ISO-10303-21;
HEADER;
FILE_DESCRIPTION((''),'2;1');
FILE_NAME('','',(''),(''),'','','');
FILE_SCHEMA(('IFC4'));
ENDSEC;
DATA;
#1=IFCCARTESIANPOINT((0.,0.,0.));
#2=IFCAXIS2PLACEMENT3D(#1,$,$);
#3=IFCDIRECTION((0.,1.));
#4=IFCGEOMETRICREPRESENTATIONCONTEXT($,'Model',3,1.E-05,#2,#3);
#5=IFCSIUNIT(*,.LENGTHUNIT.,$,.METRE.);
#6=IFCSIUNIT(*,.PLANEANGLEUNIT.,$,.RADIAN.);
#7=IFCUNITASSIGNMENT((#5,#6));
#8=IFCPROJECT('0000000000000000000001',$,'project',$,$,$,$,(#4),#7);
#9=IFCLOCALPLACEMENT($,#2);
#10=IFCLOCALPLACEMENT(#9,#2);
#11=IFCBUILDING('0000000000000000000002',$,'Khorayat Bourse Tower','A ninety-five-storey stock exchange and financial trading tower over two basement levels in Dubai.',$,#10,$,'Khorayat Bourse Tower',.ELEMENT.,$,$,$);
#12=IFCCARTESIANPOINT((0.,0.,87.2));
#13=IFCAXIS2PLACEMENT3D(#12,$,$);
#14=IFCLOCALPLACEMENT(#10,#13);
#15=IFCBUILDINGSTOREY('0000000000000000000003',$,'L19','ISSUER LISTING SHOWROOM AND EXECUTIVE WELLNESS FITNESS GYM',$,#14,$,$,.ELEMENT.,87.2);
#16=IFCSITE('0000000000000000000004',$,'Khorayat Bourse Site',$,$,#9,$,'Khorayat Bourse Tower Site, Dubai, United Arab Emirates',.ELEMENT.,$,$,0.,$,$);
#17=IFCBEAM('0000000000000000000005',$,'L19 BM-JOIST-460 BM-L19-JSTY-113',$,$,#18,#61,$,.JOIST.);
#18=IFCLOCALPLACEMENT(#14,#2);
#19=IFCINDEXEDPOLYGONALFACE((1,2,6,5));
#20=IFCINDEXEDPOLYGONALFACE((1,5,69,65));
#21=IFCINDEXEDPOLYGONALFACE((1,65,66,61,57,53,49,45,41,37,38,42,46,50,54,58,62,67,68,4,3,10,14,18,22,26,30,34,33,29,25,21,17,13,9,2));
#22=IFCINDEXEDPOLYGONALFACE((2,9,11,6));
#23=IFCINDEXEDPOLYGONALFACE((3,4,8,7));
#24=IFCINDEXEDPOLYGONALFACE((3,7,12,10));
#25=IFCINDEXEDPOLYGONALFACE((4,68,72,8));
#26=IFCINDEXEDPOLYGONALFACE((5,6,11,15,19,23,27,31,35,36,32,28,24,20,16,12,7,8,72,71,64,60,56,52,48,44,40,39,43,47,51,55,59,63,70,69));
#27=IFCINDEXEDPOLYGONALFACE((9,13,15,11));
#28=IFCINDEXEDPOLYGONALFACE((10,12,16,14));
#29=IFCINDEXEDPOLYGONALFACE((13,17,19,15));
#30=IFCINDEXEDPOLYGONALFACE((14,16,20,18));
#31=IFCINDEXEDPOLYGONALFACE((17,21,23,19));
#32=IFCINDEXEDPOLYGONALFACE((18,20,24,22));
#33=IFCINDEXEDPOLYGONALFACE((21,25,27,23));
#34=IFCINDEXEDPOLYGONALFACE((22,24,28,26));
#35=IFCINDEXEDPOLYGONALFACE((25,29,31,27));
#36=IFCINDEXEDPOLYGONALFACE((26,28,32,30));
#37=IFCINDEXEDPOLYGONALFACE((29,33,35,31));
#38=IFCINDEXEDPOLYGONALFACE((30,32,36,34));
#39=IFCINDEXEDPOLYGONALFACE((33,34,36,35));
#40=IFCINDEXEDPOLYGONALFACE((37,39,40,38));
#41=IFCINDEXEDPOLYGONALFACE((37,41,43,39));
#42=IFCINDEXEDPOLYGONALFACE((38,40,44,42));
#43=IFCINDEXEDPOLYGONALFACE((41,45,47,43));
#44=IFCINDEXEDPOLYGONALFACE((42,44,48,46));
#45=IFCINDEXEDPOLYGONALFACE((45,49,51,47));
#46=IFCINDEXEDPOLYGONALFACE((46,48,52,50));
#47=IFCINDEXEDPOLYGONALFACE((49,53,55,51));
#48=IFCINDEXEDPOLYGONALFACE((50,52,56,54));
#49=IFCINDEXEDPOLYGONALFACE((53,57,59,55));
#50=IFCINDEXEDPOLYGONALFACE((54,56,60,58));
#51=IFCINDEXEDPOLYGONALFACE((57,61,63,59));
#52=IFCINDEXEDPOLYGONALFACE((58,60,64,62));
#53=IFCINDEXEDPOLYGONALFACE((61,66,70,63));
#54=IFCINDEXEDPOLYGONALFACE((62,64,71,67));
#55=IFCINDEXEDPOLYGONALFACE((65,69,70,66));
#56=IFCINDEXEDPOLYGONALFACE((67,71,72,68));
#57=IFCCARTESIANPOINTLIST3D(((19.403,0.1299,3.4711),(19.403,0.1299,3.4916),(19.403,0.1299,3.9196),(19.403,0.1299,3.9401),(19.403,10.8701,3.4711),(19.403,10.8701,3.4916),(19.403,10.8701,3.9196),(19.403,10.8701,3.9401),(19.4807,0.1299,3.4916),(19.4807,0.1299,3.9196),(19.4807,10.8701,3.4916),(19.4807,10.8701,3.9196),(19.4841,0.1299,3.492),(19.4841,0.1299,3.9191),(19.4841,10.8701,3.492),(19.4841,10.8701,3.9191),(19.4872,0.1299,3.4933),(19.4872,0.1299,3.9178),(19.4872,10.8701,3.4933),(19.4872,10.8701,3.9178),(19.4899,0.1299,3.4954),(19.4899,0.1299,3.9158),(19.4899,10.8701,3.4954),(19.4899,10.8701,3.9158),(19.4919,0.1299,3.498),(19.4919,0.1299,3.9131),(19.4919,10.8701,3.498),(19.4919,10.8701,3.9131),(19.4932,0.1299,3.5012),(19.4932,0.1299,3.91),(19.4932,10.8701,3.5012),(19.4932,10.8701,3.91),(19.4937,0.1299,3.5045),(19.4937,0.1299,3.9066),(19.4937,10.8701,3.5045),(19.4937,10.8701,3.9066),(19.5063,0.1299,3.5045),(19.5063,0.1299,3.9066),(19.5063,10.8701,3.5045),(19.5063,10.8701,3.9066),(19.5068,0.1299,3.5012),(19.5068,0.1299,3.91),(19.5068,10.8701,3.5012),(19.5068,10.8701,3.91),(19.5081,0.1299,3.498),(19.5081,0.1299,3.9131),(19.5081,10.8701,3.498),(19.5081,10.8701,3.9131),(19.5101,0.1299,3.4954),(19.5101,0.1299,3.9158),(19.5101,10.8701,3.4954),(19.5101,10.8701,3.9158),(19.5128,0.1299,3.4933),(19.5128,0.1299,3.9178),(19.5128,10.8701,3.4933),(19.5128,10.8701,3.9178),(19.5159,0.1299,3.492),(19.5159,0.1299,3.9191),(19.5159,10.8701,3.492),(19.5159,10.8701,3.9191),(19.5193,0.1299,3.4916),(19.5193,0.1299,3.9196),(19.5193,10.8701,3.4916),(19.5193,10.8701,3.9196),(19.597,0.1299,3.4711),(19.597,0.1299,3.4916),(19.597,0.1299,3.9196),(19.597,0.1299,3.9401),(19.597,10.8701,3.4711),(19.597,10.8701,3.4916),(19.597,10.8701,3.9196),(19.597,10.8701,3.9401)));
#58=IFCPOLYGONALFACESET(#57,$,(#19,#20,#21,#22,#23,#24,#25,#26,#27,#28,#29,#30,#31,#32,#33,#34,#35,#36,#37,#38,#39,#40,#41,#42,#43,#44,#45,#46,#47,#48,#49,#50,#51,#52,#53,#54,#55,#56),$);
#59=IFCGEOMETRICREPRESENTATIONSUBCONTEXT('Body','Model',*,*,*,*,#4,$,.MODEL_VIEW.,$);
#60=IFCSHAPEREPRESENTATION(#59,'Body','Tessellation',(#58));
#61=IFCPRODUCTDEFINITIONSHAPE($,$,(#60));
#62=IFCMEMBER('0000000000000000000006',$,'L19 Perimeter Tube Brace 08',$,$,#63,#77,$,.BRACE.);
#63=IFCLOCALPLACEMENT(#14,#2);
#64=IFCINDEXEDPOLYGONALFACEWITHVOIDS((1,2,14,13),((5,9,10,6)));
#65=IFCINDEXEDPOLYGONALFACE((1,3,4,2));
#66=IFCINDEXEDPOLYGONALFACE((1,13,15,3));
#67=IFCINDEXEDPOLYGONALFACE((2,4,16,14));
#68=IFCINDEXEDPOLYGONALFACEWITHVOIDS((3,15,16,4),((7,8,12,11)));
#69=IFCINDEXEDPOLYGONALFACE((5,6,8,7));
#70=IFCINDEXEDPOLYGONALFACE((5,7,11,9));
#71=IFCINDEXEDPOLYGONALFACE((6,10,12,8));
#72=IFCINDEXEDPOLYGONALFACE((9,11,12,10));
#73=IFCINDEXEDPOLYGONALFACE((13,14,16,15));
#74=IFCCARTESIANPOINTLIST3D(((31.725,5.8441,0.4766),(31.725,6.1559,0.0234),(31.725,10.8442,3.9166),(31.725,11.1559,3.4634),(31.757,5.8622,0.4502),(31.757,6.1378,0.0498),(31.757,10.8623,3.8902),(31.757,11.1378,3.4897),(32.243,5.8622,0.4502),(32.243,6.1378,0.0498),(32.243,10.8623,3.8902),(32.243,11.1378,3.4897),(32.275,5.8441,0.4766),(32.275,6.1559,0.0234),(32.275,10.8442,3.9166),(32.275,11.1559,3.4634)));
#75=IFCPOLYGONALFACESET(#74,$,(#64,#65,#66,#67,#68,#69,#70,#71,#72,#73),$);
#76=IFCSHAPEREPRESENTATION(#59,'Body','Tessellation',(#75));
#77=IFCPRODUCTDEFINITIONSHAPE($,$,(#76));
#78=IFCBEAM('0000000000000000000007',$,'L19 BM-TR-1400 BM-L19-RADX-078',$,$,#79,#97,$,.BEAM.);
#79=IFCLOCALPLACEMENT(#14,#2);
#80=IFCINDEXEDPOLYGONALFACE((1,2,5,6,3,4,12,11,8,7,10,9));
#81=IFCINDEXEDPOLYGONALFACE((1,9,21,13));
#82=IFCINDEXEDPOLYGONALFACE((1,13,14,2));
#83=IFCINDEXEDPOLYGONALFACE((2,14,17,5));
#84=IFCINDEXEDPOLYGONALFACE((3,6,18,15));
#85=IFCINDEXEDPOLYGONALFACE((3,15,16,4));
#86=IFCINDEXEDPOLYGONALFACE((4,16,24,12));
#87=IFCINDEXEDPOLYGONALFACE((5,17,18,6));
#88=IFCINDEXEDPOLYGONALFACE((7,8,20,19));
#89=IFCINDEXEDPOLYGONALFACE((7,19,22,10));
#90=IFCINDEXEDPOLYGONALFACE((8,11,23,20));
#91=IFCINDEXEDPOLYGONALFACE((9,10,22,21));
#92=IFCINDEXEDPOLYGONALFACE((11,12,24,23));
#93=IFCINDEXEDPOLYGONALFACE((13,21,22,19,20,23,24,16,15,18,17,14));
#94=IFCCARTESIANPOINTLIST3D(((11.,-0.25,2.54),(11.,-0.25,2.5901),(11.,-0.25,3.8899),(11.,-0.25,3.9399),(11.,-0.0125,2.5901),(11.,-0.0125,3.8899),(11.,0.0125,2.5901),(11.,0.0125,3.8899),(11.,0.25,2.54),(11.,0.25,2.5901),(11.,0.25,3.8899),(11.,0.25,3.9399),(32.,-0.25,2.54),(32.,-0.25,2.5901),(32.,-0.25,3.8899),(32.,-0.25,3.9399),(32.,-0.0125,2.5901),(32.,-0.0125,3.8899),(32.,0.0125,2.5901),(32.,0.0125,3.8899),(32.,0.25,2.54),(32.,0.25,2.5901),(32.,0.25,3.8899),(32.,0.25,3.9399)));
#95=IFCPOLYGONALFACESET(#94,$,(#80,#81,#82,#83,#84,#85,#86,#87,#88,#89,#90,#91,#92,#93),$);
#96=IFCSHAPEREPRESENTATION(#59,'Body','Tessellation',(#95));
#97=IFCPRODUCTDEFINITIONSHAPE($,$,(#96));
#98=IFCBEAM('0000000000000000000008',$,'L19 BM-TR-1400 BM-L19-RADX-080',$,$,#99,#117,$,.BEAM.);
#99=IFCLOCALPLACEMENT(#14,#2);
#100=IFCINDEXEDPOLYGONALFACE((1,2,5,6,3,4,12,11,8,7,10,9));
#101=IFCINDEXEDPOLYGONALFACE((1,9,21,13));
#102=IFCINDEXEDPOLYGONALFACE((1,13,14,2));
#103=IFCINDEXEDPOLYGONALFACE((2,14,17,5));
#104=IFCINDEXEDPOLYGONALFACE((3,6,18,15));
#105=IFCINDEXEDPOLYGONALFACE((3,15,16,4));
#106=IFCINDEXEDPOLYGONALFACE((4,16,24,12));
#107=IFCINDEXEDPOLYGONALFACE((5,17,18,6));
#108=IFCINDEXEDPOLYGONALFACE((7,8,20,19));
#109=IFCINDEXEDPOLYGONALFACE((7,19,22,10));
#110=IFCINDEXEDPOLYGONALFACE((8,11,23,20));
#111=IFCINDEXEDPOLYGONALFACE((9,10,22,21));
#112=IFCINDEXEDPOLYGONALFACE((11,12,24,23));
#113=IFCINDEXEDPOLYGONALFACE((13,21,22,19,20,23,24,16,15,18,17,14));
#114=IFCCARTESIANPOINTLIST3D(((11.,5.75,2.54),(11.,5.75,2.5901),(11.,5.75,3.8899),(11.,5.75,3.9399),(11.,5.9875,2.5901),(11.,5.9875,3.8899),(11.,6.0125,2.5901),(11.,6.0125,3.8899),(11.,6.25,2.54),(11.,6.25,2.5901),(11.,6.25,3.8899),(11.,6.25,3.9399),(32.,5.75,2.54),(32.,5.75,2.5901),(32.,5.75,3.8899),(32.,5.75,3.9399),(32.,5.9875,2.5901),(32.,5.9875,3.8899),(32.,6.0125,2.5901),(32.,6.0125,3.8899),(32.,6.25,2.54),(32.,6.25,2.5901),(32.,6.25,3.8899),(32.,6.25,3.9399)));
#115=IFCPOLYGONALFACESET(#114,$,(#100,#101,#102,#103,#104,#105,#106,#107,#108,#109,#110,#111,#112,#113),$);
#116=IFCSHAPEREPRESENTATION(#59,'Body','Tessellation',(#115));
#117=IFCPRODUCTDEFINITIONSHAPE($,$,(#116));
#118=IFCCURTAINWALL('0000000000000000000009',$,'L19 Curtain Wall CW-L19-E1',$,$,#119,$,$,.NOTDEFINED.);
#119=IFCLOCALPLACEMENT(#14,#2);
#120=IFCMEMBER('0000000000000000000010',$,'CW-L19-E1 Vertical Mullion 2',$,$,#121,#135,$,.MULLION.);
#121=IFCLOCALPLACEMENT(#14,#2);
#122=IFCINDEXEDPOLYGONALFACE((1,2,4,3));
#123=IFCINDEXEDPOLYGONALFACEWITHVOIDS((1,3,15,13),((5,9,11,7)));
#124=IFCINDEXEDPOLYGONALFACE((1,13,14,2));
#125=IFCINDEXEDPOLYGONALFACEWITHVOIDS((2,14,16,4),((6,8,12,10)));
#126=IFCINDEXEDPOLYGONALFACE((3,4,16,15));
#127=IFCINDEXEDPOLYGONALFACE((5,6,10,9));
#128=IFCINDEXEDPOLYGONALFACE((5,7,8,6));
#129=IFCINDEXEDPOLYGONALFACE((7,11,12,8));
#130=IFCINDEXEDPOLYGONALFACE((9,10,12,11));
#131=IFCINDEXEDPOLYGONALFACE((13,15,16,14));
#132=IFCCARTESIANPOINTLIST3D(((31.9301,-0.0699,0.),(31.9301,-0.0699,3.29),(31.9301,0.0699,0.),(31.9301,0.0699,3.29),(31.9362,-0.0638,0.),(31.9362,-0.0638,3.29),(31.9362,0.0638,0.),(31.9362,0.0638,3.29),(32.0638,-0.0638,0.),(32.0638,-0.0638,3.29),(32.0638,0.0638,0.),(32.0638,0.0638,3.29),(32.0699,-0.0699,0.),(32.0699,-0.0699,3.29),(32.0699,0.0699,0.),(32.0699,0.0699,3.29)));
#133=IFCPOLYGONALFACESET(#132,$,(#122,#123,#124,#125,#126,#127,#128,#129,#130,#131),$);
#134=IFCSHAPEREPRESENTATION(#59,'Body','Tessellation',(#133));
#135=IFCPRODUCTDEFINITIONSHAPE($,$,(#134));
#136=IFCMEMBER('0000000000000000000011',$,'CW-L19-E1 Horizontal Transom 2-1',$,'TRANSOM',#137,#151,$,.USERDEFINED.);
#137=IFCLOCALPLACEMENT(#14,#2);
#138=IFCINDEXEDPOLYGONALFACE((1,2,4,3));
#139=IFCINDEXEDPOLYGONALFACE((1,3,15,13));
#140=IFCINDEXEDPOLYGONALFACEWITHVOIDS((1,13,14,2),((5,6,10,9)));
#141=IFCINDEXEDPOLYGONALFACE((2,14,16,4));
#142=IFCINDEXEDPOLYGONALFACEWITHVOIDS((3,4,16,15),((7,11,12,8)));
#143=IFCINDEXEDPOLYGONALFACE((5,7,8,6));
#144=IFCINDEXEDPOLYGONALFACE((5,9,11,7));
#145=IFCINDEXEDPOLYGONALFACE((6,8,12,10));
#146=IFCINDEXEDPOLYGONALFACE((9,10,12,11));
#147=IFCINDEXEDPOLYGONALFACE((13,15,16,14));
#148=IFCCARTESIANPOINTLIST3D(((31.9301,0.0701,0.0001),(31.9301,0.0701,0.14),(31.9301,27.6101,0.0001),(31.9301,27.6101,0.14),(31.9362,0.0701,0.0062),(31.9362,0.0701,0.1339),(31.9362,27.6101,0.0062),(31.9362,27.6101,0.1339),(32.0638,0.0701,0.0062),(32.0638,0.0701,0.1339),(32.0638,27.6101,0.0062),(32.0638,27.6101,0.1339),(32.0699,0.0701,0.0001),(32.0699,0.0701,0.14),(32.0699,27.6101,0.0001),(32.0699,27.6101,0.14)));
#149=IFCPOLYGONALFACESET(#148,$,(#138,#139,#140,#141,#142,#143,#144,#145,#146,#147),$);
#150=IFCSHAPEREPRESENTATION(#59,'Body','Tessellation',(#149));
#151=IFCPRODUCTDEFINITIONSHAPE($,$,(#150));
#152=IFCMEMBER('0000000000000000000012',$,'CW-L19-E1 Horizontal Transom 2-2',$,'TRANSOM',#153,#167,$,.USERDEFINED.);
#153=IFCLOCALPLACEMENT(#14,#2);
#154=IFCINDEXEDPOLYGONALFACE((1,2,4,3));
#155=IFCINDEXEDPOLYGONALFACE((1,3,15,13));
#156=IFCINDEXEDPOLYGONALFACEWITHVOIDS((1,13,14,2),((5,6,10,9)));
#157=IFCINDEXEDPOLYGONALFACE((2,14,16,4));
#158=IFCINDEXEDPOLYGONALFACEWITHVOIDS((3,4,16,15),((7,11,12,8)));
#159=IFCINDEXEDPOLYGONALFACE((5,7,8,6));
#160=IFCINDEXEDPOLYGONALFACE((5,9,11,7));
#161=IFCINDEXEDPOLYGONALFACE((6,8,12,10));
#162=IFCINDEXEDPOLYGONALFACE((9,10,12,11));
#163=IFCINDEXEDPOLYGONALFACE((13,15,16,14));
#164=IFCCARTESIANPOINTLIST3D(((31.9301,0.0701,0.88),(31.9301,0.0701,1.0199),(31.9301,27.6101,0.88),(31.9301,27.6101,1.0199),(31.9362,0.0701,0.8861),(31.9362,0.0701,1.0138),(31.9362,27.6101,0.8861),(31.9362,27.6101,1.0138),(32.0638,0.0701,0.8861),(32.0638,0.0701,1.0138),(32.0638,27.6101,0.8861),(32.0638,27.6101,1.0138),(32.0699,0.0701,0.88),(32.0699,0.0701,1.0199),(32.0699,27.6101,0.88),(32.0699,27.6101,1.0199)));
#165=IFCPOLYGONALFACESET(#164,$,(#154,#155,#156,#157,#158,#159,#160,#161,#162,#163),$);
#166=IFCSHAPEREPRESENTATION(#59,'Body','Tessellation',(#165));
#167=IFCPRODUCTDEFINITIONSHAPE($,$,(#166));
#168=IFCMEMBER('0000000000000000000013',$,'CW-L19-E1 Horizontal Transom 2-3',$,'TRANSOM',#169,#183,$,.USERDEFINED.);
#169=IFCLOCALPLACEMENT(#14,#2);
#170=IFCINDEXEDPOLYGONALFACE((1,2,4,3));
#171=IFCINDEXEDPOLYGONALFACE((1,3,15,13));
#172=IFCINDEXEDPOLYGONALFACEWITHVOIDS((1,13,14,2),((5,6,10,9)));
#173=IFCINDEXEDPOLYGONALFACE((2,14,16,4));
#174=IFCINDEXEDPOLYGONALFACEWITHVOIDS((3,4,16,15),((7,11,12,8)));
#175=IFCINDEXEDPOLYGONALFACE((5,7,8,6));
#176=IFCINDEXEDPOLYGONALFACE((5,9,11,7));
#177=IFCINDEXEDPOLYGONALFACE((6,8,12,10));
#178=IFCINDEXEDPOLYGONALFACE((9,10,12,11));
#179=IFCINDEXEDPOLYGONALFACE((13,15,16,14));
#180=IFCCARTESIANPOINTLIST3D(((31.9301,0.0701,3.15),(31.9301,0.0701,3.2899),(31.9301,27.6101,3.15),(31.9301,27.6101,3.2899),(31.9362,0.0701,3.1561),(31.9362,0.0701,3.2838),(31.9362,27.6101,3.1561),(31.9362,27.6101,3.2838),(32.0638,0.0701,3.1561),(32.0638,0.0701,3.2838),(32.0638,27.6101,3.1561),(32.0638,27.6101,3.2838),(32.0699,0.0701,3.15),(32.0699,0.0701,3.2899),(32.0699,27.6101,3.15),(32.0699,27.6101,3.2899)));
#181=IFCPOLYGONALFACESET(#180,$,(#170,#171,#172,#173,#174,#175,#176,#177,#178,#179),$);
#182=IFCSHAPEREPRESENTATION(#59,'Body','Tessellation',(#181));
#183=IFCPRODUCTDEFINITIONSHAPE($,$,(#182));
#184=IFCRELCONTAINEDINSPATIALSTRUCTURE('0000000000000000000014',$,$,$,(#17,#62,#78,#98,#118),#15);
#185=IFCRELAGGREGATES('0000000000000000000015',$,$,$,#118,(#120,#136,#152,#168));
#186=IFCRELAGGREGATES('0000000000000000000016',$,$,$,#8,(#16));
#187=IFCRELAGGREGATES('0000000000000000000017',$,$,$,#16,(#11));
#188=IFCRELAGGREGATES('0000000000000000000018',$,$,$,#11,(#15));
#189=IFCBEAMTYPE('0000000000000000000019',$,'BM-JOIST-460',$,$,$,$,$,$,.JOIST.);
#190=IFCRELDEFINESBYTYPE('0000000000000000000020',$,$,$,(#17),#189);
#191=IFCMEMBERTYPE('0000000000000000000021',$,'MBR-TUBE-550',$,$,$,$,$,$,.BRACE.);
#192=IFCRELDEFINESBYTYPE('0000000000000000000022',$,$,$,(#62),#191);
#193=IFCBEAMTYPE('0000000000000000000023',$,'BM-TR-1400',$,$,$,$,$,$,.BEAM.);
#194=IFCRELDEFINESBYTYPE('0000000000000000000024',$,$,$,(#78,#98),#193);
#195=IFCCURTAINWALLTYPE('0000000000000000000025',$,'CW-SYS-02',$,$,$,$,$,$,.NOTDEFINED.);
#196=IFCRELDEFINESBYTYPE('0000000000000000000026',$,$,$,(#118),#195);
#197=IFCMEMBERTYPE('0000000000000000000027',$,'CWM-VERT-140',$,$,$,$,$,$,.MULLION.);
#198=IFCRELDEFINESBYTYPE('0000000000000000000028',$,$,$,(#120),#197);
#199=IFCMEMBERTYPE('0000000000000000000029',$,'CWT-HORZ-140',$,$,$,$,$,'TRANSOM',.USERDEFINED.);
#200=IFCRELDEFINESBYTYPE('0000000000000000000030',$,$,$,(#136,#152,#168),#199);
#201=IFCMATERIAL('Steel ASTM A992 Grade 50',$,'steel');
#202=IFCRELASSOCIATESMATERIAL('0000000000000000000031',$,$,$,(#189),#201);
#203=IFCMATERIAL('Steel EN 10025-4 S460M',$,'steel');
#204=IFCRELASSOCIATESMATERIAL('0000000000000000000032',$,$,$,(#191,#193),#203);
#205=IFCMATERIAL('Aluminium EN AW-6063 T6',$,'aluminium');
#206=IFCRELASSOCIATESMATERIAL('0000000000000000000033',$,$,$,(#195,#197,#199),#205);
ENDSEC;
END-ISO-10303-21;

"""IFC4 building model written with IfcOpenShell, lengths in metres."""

from ifc_helpers import new_model, si_unit, direction, frame, origin, origin_2d, place, context, subcontext, project, spatial, hollow_rectangle, i_section, extrude, source, transform, mapped, material, material_profile, profile_set, type_object, element, aggregate, save


model = new_model("IFC4")

# Units and contexts
model_context = context("Model", 3, precision=1e-05, world=origin(), true_north=direction((0.0, 1.0)))
body_context = subcontext(model_context, "Body", "Model", "MODEL_VIEW")
ifc_project = project(units=[si_unit("LENGTHUNIT", "METRE"), si_unit("PLANEANGLEUNIT", "RADIAN")], contexts=[model_context])

# Site, building, storey
site_placement = place(None, origin())
site = spatial("IfcSite", under=ifc_project, at=site_placement, Name="Khorayat Bourse Site", LongName="Khorayat Bourse Tower Site, Dubai, United Arab Emirates", CompositionType="ELEMENT", RefElevation=0.0)
building_placement = place(site_placement, origin())
building = spatial("IfcBuilding", under=site, at=building_placement, Name="Khorayat Bourse Tower", Description="A ninety-five-storey stock exchange and financial trading tower over two basement levels in Dubai.", LongName="Khorayat Bourse Tower", CompositionType="ELEMENT")
storey_placement = place(building_placement, frame((0.0, 0.0, 87.2)))
storey = spatial("IfcBuildingStorey", under=building, at=storey_placement, Name="L19", Description="ISSUER LISTING SHOWROOM AND EXECUTIVE WELLNESS FITNESS GYM", CompositionType="ELEMENT", Elevation=87.2)

# Shared definitions
ifc_material_1 = material(Name="Steel EN 10025-4 S460M", Category="steel")

# Beam
ifc_material_2 = material(Name="Steel ASTM A992 Grade 50", Category="steel")
ifc_material_profile_1 = material_profile(ifc_material_2, i_section(OverallWidth=0.1941, OverallDepth=0.469, WebThickness=0.0127, FlangeThickness=0.0205, FilletRadius=0.0129, at=origin_2d()), Name="W460X106")
ifc_profile_set_1 = profile_set([ifc_material_profile_1], Name="Steel ASTM A992 Grade 50")
beam_type_1 = type_object("IfcBeamType", Name="BM-JOIST-460", PredefinedType="JOIST", material=ifc_profile_set_1)
shared_shape_1 = source(origin(), body_context, "Body", "SweptSolid", [
    extrude(i_section(OverallWidth=0.1941, OverallDepth=0.469, WebThickness=0.0127, FlangeThickness=0.0205, FilletRadius=0.0129, at=origin_2d()), origin(), (0.0, 0.0, 1.0), 10.7402),
])
beam_1_placement = place(storey_placement, frame((19.5, 0.1299, 3.7056), z_axis=(0.0, 1.0, 0.0), x_axis=(-1.0, 0.0, 0.0)))
element("IfcBeam", 1, at=beam_1_placement, inside=storey, type_object=beam_type_1, Name="L19 BM-JOIST-460 BM-L19-JSTY-113", PredefinedType="JOIST", context=body_context, shape_type="MappedRepresentation", body=[
    mapped(shared_shape_1, transform((0.0, 0.0, 0.0), scale=1.0)),
])

# Member
ifc_material_profile_2 = material_profile(ifc_material_1, hollow_rectangle(XDim=0.55, YDim=0.55, WallThickness=0.032, at=origin_2d()), Name="HSS 550x550x32")
ifc_profile_set_2 = profile_set([ifc_material_profile_2], Name="Steel EN 10025-4 S460M")
member_type_1 = type_object("IfcMemberType", Name="MBR-TUBE-550", PredefinedType="BRACE", material=ifc_profile_set_2)
shared_shape_2 = source(origin(), body_context, "Body", "SweptSolid", [
    extrude(hollow_rectangle(XDim=0.55, YDim=0.55, WallThickness=0.032, at=origin_2d()), origin(), (0.0, 0.0, 1.0), 6.0691),
])
member_1_placement = place(storey_placement, frame((32.0, 6.0, 0.25), z_axis=(0.0, 0.823854, 0.566802), x_axis=(-1.0, 0.0, 0.0)))
element("IfcMember", 2, at=member_1_placement, inside=storey, type_object=member_type_1, Name="L19 Perimeter Tube Brace 08", PredefinedType="BRACE", context=body_context, shape_type="MappedRepresentation", body=[
    mapped(shared_shape_2, transform((0.0, 0.0, 0.0), scale=1.0)),
])

# Beams
ifc_material_profile_3 = material_profile(ifc_material_1, i_section(OverallWidth=0.5, OverallDepth=1.3999, WebThickness=0.0249, FlangeThickness=0.05, at=origin_2d()), Name="PG 1400x500x25x50")
ifc_profile_set_3 = profile_set([ifc_material_profile_3], Name="Steel EN 10025-4 S460M")
beam_type_2 = type_object("IfcBeamType", Name="BM-TR-1400", PredefinedType="BEAM", material=ifc_profile_set_3)
shared_shape_3 = source(origin(), body_context, "Body", "SweptSolid", [
    extrude(i_section(OverallWidth=0.5, OverallDepth=1.3999, WebThickness=0.0249, FlangeThickness=0.05, at=origin_2d()), origin(), (0.0, 0.0, 1.0), 21.0),
])
for number, where, z_axis, x_axis, name in (
    (3, (11.0, 0.0, 3.24), (1.0, 0.0, 0.0), (0.0, 1.0, 0.0), "L19 BM-TR-1400 BM-L19-RADX-078"),
    (4, (11.0, 6.0, 3.24), (1.0, 0.0, 0.0), (0.0, 1.0, 0.0), "L19 BM-TR-1400 BM-L19-RADX-080"),
):
    element("IfcBeam", number, at=place(storey_placement, frame(where, z_axis=z_axis, x_axis=x_axis)), inside=storey, type_object=beam_type_2, Name=name, PredefinedType="BEAM", context=body_context, shape_type="MappedRepresentation", body=[
        mapped(shared_shape_3, transform((0.0, 0.0, 0.0), scale=1.0)),
    ])

# Curtain wall, members
ifc_material_3 = material(Name="Aluminium EN AW-6063 T6", Category="aluminium")
curtain_wall_type = type_object("IfcCurtainWallType", Name="CW-SYS-02", PredefinedType="NOTDEFINED", material=ifc_material_3)
curtain_wall_placement = place(storey_placement, origin())
curtain_wall = element("IfcCurtainWall", 5, at=curtain_wall_placement, inside=storey, type_object=curtain_wall_type, Name="L19 Curtain Wall CW-L19-E1", PredefinedType="NOTDEFINED")
ifc_material_profile_4 = material_profile(ifc_material_3, hollow_rectangle(XDim=0.1399, YDim=0.1399, WallThickness=0.0061, at=origin_2d()), Name="ALU 140x140x6")
ifc_profile_set_4 = profile_set([ifc_material_profile_4], Name="Aluminium EN AW-6063 T6")
member_type_2 = type_object("IfcMemberType", Name="CWM-VERT-140", PredefinedType="MULLION", material=ifc_profile_set_4)
shared_shape_4 = source(origin(), body_context, "Body", "SweptSolid", [
    extrude(hollow_rectangle(XDim=0.1399, YDim=0.1399, WallThickness=0.0061, at=origin_2d()), origin(), (0.0, 0.0, 1.0), 3.29),
])
member_2_placement = place(storey_placement, frame((32.0, 0.0, 0.0), z_axis=(0.0, 0.0, 1.0), x_axis=(-1.0, 0.0, 0.0)))
member_2 = element("IfcMember", 6, at=member_2_placement, type_object=member_type_2, Name="CW-L19-E1 Vertical Mullion 2", PredefinedType="MULLION", context=body_context, shape_type="MappedRepresentation", body=[
    mapped(shared_shape_4, transform((0.0, 0.0, 0.0), scale=1.0)),
])
ifc_material_profile_5 = material_profile(ifc_material_3, hollow_rectangle(XDim=0.1399, YDim=0.1399, WallThickness=0.0061, at=origin_2d()), Name="ALU 140x140x6")
ifc_profile_set_5 = profile_set([ifc_material_profile_5], Name="Aluminium EN AW-6063 T6")
member_type_3 = type_object("IfcMemberType", Name="CWT-HORZ-140", ElementType="TRANSOM", PredefinedType="USERDEFINED", material=ifc_profile_set_5)
shared_shape_5 = source(origin(), body_context, "Body", "SweptSolid", [
    extrude(hollow_rectangle(XDim=0.1399, YDim=0.1399, WallThickness=0.0061, at=origin_2d()), origin(), (0.0, 0.0, 1.0), 27.54),
])
member_3_placement = place(storey_placement, frame((32.0, 0.0701, 0.0701), z_axis=(0.0, 1.0, 0.0), x_axis=(-1.0, 0.0, 0.0)))
member_3 = element("IfcMember", 7, at=member_3_placement, type_object=member_type_3, Name="CW-L19-E1 Horizontal Transom 2-1", ObjectType="TRANSOM", PredefinedType="USERDEFINED", context=body_context, shape_type="MappedRepresentation", body=[
    mapped(shared_shape_5, transform((0.0, 0.0, 0.0), scale=1.0)),
])
member_4_placement = place(storey_placement, frame((32.0, 0.0701, 0.95), z_axis=(0.0, 1.0, 0.0), x_axis=(-1.0, 0.0, 0.0)))
member_4 = element("IfcMember", 8, at=member_4_placement, type_object=member_type_3, Name="CW-L19-E1 Horizontal Transom 2-2", ObjectType="TRANSOM", PredefinedType="USERDEFINED", context=body_context, shape_type="MappedRepresentation", body=[
    mapped(shared_shape_5, transform((0.0, 0.0, 0.0), scale=1.0)),
])
member_5_placement = place(storey_placement, frame((32.0, 0.0701, 3.22), z_axis=(0.0, 1.0, 0.0), x_axis=(-1.0, 0.0, 0.0)))
member_5 = element("IfcMember", 9, at=member_5_placement, type_object=member_type_3, Name="CW-L19-E1 Horizontal Transom 2-3", ObjectType="TRANSOM", PredefinedType="USERDEFINED", context=body_context, shape_type="MappedRepresentation", body=[
    mapped(shared_shape_5, transform((0.0, 0.0, 0.0), scale=1.0)),
])
aggregate(curtain_wall, [member_2, member_3, member_4, member_5])

save(model, "model.ifc")
